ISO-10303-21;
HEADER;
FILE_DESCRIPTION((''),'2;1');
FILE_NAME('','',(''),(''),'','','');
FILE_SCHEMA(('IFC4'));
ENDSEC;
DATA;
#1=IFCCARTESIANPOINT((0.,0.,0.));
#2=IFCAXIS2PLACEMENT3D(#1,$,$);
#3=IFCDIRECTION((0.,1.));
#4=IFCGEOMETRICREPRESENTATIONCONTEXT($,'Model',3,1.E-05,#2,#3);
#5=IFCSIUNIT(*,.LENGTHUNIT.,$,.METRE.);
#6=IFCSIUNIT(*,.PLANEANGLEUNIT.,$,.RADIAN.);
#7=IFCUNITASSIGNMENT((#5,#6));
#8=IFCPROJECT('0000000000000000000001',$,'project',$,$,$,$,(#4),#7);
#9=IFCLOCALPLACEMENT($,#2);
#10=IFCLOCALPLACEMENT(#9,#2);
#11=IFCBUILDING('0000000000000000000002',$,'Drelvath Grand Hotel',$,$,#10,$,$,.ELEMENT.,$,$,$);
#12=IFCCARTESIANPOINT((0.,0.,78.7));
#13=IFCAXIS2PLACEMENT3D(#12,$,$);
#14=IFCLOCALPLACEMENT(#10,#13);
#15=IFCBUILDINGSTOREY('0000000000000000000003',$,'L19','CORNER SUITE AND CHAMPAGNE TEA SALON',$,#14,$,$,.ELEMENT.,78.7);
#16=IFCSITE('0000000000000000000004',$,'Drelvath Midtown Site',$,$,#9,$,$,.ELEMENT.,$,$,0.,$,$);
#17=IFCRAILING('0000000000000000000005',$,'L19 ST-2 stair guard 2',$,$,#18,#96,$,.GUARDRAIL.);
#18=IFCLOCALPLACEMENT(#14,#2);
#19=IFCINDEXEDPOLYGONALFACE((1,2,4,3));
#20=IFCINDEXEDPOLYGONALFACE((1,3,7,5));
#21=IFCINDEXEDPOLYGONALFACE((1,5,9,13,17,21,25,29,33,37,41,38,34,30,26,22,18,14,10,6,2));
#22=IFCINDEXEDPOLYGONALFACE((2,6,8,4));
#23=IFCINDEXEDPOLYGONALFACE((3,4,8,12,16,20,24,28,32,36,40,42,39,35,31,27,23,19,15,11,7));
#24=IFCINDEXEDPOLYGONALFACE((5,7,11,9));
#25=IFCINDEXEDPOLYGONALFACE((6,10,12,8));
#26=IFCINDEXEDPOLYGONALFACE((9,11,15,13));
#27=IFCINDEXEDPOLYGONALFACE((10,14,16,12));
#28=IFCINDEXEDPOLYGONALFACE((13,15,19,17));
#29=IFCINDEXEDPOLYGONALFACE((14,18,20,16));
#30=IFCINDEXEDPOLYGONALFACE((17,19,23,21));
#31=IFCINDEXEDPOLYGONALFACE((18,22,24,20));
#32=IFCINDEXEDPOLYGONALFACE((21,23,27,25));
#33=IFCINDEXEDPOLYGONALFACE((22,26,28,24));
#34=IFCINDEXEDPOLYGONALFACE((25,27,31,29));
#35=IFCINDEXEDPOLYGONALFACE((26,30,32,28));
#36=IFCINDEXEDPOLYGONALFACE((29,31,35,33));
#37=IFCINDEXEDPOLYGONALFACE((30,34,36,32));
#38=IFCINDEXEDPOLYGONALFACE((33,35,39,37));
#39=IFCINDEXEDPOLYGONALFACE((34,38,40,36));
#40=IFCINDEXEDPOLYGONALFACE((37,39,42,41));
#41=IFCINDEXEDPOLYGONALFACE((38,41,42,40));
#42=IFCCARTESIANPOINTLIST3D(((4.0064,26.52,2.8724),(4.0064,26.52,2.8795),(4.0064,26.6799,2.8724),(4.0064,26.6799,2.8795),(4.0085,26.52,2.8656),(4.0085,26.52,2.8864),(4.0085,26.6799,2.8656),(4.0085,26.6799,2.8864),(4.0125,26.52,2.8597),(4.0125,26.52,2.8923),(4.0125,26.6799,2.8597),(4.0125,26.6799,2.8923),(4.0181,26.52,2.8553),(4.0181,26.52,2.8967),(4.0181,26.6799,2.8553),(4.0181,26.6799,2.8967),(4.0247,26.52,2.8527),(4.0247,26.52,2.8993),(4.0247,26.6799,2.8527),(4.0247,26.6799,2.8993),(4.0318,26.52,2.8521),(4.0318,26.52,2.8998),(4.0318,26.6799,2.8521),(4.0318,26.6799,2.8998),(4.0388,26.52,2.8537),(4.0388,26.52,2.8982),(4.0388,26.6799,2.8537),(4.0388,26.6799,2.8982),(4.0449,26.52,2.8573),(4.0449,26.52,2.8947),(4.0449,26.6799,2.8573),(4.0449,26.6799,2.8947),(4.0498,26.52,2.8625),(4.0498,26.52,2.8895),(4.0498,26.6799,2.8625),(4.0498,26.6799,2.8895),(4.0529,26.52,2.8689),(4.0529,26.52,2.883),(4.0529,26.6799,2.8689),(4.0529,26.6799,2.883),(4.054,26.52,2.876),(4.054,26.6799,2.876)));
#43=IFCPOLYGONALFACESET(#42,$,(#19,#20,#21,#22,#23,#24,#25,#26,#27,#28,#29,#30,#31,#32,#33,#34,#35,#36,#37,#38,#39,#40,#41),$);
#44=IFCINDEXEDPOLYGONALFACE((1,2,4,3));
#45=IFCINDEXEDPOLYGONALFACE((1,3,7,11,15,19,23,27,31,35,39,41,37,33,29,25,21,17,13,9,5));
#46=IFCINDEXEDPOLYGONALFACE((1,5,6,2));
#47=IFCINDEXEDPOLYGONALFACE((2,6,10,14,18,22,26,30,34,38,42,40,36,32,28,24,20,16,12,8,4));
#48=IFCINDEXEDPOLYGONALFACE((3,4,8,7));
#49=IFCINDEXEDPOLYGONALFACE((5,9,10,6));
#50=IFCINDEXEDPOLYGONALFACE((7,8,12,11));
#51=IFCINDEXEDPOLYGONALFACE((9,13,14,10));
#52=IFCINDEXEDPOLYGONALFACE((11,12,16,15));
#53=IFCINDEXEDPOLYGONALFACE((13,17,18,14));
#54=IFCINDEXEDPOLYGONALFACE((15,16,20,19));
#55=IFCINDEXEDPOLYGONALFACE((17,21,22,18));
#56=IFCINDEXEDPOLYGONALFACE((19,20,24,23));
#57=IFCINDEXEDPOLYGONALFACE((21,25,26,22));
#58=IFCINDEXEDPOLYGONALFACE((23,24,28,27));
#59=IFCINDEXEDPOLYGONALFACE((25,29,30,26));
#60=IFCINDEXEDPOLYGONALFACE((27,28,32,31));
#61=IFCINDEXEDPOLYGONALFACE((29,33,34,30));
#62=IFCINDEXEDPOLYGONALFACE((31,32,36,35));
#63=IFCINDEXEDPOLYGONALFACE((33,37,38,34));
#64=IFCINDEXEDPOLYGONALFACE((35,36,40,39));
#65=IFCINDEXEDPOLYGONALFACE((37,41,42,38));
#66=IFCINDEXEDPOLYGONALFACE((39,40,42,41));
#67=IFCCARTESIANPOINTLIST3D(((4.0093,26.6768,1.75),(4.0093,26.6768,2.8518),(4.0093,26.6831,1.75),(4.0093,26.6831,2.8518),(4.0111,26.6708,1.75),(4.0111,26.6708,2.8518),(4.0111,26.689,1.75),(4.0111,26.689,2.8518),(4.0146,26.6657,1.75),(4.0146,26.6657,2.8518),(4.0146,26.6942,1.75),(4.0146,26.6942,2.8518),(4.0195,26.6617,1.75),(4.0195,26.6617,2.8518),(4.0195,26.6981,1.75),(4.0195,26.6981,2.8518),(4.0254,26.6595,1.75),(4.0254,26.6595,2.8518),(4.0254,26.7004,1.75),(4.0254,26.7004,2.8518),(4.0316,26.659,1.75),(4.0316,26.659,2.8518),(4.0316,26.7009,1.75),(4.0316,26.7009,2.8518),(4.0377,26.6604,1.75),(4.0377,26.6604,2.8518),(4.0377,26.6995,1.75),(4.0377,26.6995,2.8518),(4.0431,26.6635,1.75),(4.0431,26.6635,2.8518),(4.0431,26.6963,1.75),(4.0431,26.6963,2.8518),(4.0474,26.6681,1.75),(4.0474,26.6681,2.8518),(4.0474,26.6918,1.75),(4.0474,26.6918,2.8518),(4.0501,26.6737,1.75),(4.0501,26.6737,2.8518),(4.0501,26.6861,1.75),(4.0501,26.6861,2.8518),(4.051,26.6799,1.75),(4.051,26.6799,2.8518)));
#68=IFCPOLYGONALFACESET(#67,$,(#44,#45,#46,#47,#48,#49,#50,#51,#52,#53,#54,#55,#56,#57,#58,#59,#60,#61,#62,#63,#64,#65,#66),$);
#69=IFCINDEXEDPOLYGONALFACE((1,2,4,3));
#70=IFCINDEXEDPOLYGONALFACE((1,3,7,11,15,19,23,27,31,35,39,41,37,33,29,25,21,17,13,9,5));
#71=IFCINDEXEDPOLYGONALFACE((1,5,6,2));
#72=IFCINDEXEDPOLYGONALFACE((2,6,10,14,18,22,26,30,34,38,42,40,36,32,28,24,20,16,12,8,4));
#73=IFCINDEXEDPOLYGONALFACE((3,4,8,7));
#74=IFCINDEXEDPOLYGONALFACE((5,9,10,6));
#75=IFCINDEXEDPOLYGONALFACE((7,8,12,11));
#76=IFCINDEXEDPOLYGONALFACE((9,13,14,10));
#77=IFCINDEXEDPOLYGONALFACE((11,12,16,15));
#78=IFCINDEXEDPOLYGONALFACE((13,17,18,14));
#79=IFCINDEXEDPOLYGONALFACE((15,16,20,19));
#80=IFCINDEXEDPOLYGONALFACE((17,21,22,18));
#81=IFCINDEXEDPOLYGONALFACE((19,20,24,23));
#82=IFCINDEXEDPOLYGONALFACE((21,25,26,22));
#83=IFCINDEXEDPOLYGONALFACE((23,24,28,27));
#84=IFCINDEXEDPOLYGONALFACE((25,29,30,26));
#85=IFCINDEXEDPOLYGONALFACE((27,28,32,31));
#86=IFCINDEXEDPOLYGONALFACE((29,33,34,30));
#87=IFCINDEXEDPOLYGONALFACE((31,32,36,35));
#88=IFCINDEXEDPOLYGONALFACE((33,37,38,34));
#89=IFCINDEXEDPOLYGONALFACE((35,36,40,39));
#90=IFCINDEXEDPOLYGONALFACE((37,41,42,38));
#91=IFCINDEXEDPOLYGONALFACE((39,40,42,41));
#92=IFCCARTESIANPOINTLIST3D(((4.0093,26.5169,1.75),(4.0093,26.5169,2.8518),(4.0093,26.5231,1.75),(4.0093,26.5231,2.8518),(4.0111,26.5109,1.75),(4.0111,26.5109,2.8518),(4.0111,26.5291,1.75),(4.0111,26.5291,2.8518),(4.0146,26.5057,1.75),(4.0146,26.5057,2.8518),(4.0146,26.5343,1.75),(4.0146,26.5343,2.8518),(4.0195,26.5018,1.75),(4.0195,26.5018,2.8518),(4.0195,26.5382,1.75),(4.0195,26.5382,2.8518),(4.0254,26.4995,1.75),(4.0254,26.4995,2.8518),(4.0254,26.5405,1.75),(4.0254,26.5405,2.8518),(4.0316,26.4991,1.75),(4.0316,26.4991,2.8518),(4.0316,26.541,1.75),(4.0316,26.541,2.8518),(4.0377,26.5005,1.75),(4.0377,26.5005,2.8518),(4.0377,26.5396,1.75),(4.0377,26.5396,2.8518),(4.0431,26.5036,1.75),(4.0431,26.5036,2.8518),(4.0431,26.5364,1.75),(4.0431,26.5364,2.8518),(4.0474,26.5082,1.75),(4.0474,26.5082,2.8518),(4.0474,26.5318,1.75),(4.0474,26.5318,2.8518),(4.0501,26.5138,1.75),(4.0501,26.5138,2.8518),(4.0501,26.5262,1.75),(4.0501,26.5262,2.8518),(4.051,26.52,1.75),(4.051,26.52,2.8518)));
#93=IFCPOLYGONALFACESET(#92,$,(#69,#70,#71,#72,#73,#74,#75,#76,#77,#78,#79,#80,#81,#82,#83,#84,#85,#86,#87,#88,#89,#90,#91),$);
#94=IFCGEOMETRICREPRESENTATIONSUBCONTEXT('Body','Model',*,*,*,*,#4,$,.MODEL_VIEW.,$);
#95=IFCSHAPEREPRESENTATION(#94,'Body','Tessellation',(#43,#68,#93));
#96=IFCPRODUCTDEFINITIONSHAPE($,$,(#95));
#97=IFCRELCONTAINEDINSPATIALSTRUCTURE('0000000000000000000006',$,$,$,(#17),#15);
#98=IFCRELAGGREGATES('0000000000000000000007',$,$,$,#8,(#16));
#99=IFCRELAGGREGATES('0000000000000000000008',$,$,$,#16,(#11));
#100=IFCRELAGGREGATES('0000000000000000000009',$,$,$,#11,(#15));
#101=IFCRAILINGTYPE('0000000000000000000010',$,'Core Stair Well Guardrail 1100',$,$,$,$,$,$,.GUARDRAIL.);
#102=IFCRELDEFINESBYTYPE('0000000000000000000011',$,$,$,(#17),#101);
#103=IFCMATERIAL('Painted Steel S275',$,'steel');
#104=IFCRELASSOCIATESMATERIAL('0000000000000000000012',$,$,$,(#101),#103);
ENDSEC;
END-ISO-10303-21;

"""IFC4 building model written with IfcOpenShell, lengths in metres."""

from ifc_helpers import new_model, si_unit, direction, frame, origin, origin_2d, place, context, subcontext, project, spatial, circle, extrude, material, type_object, element, save


model = new_model("IFC4")

# Units and contexts
model_context = context("Model", 3, precision=1e-05, world=origin(), true_north=direction((0.0, 1.0)))
body_context = subcontext(model_context, "Body", "Model", "MODEL_VIEW")
ifc_project = project(units=[si_unit("LENGTHUNIT", "METRE"), si_unit("PLANEANGLEUNIT", "RADIAN")], contexts=[model_context])

# Site, building, storey
site_placement = place(None, origin())
site = spatial("IfcSite", under=ifc_project, at=site_placement, Name="Drelvath Midtown Site", CompositionType="ELEMENT", RefElevation=0.0)
building_placement = place(site_placement, origin())
building = spatial("IfcBuilding", under=site, at=building_placement, Name="Drelvath Grand Hotel", CompositionType="ELEMENT")
storey_placement = place(building_placement, frame((0.0, 0.0, 78.7)))
storey = spatial("IfcBuildingStorey", under=building, at=storey_placement, Name="L19", Description="CORNER SUITE AND CHAMPAGNE TEA SALON", CompositionType="ELEMENT", Elevation=78.7)

# Shared definitions
ifc_material_1 = material(Name="Painted Steel S275", Category="steel")

# Railing
railing_type_1 = type_object("IfcRailingType", Name="Core Stair Well Guardrail 1100", PredefinedType="GUARDRAIL", material=ifc_material_1)
railing_1_placement = place(storey_placement, frame((4.03, 26.6799, 1.75)))
element("IfcRailing", 1, at=railing_1_placement, inside=storey, type_object=railing_type_1, Name="L19 ST-2 stair guard 2", PredefinedType="GUARDRAIL", context=body_context, shape_type="SweptSolid", body=[
    extrude(circle(Radius=0.0239, at=origin_2d()), frame((0.0, 0.0, 1.126), z_axis=(0.0, -1.0, 0.0), x_axis=(1.0, 0.0, 0.0)), (0.0, 0.0, 1.0), 0.1599),
    extrude(circle(Radius=0.021, at=origin_2d()), origin(), (0.0, 0.0, 1.0), 1.1018),
    extrude(circle(Radius=0.021, at=origin_2d()), frame((0.0, -0.1599, 0.0)), (0.0, 0.0, 1.0), 1.1018),
])

save(model, "model.ifc")
